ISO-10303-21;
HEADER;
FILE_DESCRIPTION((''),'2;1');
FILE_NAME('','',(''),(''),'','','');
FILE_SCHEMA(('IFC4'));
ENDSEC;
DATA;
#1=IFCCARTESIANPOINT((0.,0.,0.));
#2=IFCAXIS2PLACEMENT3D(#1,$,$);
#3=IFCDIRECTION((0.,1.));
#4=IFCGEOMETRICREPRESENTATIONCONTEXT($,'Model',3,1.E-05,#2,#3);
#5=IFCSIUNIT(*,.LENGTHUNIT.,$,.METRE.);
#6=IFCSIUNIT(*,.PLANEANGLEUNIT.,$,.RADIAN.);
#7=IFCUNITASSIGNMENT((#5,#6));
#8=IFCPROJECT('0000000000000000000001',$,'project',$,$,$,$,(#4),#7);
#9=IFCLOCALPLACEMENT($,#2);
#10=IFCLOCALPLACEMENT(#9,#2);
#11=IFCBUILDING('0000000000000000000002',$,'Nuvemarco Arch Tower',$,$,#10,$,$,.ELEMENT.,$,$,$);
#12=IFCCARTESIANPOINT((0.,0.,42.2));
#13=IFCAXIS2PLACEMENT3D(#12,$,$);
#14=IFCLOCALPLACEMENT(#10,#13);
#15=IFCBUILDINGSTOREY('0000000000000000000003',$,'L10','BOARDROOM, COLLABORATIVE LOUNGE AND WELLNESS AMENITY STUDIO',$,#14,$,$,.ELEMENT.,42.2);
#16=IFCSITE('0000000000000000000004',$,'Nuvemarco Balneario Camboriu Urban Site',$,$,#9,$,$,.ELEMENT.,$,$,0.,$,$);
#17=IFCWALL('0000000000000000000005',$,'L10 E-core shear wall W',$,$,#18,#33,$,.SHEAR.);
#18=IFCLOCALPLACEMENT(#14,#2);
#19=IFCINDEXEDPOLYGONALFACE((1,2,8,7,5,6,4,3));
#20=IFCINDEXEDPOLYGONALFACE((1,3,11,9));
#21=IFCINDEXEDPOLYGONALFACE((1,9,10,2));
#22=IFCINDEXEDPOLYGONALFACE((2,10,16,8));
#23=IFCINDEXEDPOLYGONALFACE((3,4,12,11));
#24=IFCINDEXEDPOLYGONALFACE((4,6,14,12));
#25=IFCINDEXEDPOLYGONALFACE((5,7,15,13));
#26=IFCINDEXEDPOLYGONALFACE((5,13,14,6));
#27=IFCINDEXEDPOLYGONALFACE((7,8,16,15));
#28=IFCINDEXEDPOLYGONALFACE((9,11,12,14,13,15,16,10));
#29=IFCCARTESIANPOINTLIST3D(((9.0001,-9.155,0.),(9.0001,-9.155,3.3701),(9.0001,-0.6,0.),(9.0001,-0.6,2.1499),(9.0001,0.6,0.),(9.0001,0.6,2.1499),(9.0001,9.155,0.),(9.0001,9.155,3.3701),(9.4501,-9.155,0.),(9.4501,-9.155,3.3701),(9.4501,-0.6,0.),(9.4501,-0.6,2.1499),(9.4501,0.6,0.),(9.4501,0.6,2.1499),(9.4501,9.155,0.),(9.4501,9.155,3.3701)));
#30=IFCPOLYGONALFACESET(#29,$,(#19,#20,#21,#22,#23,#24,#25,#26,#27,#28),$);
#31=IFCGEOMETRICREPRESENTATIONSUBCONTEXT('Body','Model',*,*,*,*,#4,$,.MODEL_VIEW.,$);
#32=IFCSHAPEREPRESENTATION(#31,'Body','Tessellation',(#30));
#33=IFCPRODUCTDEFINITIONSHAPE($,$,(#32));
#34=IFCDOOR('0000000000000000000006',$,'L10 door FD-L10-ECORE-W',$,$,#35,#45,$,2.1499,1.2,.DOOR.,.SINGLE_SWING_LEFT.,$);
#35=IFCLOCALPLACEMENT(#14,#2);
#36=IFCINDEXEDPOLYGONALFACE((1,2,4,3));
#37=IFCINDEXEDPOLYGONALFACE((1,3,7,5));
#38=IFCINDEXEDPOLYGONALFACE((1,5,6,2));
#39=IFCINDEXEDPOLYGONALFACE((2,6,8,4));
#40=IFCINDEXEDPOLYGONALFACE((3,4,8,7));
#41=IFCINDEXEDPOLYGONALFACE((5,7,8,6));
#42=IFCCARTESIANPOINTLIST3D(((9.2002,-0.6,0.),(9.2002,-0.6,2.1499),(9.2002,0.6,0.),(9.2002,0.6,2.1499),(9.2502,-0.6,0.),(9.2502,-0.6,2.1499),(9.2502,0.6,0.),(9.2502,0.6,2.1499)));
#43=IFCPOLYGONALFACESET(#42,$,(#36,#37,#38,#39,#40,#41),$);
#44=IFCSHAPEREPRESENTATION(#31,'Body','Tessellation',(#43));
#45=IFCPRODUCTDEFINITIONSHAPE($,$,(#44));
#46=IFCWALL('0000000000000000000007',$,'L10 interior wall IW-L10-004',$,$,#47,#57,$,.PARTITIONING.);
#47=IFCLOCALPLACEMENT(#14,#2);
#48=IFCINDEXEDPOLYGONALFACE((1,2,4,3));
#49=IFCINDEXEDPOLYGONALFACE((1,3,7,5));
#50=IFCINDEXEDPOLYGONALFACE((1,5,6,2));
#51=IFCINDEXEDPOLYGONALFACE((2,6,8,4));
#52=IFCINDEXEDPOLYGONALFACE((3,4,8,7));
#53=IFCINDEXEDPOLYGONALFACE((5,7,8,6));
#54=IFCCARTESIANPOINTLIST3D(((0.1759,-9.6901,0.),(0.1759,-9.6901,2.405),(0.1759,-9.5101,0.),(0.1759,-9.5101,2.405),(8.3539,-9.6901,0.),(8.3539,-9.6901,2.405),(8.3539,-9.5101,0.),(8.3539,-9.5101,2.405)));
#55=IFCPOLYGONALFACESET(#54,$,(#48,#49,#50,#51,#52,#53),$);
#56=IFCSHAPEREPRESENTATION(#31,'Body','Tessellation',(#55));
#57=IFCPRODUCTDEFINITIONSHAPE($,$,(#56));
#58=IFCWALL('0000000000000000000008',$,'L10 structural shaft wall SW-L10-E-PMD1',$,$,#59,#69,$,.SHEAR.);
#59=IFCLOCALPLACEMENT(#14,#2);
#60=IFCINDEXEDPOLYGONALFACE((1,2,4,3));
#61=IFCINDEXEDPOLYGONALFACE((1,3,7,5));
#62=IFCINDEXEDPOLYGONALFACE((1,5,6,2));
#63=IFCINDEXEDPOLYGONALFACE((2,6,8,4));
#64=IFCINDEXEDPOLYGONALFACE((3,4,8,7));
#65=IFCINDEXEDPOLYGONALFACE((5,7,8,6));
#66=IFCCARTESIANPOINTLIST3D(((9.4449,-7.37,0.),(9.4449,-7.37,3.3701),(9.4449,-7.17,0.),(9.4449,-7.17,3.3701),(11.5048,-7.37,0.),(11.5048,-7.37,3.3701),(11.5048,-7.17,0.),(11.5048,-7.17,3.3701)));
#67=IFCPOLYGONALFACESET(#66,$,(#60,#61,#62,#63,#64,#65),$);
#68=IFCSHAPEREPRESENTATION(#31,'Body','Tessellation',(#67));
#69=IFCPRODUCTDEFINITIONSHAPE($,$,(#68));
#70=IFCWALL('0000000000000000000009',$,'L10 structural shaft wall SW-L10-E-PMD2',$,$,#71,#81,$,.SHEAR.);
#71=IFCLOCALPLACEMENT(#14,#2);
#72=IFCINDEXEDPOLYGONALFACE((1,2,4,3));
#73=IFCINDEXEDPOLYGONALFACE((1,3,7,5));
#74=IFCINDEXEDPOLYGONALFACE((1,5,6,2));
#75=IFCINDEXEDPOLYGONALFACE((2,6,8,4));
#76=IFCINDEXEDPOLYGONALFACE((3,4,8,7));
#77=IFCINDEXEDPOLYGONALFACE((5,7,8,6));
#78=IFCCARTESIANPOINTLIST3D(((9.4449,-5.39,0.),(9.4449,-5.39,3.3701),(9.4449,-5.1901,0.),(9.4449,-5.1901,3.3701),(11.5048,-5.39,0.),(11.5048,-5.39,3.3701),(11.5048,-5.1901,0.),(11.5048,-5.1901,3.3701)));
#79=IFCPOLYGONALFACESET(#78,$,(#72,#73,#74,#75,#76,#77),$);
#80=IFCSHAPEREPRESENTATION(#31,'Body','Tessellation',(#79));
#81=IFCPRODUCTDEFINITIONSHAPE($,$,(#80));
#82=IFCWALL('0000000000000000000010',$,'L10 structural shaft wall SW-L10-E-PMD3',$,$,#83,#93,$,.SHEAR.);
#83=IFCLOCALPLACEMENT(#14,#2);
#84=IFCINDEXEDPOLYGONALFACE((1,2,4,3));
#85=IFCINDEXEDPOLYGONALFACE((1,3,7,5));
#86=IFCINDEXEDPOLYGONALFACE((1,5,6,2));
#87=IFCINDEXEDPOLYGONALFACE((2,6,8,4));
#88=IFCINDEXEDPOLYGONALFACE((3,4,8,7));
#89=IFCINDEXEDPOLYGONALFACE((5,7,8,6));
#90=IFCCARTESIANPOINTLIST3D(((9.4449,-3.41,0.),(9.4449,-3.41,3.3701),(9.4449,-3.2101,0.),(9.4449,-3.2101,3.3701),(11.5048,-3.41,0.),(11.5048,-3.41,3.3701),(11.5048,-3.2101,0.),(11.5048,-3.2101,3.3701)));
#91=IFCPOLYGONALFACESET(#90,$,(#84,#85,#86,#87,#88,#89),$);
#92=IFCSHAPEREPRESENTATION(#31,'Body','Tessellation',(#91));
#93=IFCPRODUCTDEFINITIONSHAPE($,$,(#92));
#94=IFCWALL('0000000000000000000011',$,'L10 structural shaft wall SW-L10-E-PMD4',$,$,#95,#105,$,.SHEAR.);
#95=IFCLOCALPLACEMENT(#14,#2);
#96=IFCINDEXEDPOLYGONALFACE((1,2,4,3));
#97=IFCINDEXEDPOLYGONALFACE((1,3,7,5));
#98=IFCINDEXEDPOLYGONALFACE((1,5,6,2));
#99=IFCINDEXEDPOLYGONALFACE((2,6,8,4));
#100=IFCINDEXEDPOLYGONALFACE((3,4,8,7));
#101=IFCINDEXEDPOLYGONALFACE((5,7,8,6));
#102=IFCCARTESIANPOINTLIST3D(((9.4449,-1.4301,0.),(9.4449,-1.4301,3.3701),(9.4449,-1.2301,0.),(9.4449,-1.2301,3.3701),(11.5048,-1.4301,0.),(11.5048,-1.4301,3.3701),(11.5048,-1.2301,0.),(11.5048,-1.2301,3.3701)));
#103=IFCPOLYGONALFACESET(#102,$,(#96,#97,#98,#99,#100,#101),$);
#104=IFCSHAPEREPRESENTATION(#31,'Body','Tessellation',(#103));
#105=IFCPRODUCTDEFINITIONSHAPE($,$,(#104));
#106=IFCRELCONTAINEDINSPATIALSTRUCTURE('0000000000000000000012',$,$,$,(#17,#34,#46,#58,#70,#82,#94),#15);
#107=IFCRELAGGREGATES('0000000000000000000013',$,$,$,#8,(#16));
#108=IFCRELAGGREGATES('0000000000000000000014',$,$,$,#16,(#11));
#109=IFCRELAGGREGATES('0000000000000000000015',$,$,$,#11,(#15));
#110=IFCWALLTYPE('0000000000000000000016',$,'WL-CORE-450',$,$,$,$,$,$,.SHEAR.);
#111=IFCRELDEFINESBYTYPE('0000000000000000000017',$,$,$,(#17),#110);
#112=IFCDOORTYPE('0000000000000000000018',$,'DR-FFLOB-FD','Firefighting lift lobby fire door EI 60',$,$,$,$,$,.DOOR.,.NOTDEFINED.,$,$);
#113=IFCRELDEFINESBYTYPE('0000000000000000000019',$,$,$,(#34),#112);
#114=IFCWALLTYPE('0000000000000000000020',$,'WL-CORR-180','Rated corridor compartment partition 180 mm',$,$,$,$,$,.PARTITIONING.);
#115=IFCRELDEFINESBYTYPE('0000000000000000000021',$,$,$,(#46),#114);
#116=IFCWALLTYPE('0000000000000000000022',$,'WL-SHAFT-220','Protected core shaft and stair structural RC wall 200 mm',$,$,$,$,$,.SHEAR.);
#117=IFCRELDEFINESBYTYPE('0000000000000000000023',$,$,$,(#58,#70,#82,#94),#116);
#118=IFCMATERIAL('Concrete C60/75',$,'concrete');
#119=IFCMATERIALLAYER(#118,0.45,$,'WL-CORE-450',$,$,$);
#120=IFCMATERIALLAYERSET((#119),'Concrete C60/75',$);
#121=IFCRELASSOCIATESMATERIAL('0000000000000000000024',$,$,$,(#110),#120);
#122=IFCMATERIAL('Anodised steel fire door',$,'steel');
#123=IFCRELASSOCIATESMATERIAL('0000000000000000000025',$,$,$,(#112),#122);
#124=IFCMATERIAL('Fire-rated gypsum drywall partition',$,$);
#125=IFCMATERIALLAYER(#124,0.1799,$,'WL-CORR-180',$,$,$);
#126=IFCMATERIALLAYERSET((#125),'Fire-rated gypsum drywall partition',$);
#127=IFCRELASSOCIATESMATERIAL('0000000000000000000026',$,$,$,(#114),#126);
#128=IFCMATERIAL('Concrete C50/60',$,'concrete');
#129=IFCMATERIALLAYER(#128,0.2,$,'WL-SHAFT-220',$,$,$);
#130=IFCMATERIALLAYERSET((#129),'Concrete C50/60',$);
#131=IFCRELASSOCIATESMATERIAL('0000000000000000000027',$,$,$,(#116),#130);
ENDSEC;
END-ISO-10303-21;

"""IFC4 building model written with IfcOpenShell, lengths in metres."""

from ifc_helpers import new_model, si_unit, direction, frame, frame_2d, origin, place, context, subcontext, project, spatial, rectangle, extrude, source, transform, mapped, material, layer, layer_set, type_object, type_shapes, element, fill, save


model = new_model("IFC4")

# Units and contexts
model_context = context("Model", 3, precision=1e-05, world=origin(), true_north=direction((0.0, 1.0)))
body_context = subcontext(model_context, "Body", "Model", "MODEL_VIEW")
ifc_project = project(units=[si_unit("LENGTHUNIT", "METRE"), si_unit("PLANEANGLEUNIT", "RADIAN")], contexts=[model_context])

# Site, building, storey
site_placement = place(None, origin())
site = spatial("IfcSite", under=ifc_project, at=site_placement, Name="Nuvemarco Balneario Camboriu Urban Site", CompositionType="ELEMENT", RefElevation=0.0)
building_placement = place(site_placement, origin())
building = spatial("IfcBuilding", under=site, at=building_placement, Name="Nuvemarco Arch Tower", CompositionType="ELEMENT")
storey_placement = place(building_placement, frame((0.0, 0.0, 42.2)))
storey = spatial("IfcBuildingStorey", under=building, at=storey_placement, Name="L10", Description="BOARDROOM, COLLABORATIVE LOUNGE AND WELLNESS AMENITY STUDIO", CompositionType="ELEMENT", Elevation=42.2)

# Shared definitions
ifc_material_1 = material(Name="Concrete C60/75", Category="concrete")

# Shared definitions
ifc_material_2 = material(Name="Concrete C50/60", Category="concrete")

# Shared definitions
ifc_layer_1 = layer(ifc_material_1, 0.45, Name="WL-CORE-450")
ifc_layer_set_1 = layer_set([ifc_layer_1], Name="Concrete C60/75")
wall_type_1 = type_object("IfcWallType", Name="WL-CORE-450", PredefinedType="SHEAR", material=ifc_layer_set_1)

# Wall, opening, door
wall_1_placement = place(storey_placement, frame((9.2251, -9.155, 0.0), z_axis=(0.0, 0.0, 1.0), x_axis=(0.0, 1.0, 0.0)))
wall_1 = element("IfcWall", 1, at=wall_1_placement, inside=storey, type_object=wall_type_1, Name="L10 E-core shear wall W", PredefinedType="SHEAR", context=body_context, shape_type="SweptSolid", body=[
    extrude(rectangle(XDim=18.3101, YDim=0.45, at=frame_2d((9.155, 0.0))), origin(), (0.0, 0.0, 1.0), 3.3701),
])
opening_placement = place(wall_1_placement, frame((8.5549, 0.0, 0.0)))
opening = element("IfcOpeningElement", 2, at=opening_placement, cuts=wall_1, PredefinedType="OPENING", context=body_context, shape_type="SweptSolid", body=[
    extrude(rectangle(XDim=1.2, YDim=2.1499, at=frame_2d((0.6001, 1.075))), frame((0.0, 0.2349, 0.0), z_axis=(0.0, -1.0, 0.0), x_axis=(1.0, 0.0, 0.0)), (0.0, 0.0, 1.0), 0.47),
])
ifc_material_3 = material(Name="Anodised steel fire door", Category="steel")
door_type = type_object("IfcDoorType", Name="DR-FFLOB-FD", Description="Firefighting lift lobby fire door EI 60", OperationType="NOTDEFINED", PredefinedType="DOOR", material=ifc_material_3)
shared_shape = source(origin(), body_context, "Body", "SweptSolid", [
    extrude(rectangle(XDim=1.2, YDim=2.1499, at=frame_2d((0.6001, 1.075))), frame((0.0, 0.0249, 0.0), z_axis=(0.0, -1.0, 0.0), x_axis=(1.0, 0.0, 0.0)), (0.0, 0.0, 1.0), 0.05),
])
type_shapes(door_type, [shared_shape])
door_placement = place(opening_placement, origin())
door = element("IfcDoor", 3, at=door_placement, inside=storey, type_object=door_type, Name="L10 door FD-L10-ECORE-W", OperationType="SINGLE_SWING_LEFT", OverallHeight=2.1499, OverallWidth=1.2, PredefinedType="DOOR", context=body_context, shape_type="MappedRepresentation", body=[
    mapped(shared_shape, transform((0.0, 0.0, 0.0), scale=1.0)),
])
fill(opening, door)

# Walls
ifc_material_4 = material(Name="Fire-rated gypsum drywall partition")
ifc_layer_2 = layer(ifc_material_4, 0.1799, Name="WL-CORR-180")
ifc_layer_set_2 = layer_set([ifc_layer_2], Name="Fire-rated gypsum drywall partition")
wall_type_2 = type_object("IfcWallType", Name="WL-CORR-180", Description="Rated corridor compartment partition 180 mm", PredefinedType="PARTITIONING", material=ifc_layer_set_2)
wall_2_placement = place(storey_placement, frame((0.176, -9.6001, 0.0), z_axis=(0.0, 0.0, 1.0), x_axis=(1.0, 0.0, 0.0)))
element("IfcWall", 4, at=wall_2_placement, inside=storey, type_object=wall_type_2, Name="L10 interior wall IW-L10-004", PredefinedType="PARTITIONING", context=body_context, shape_type="SweptSolid", body=[
    extrude(rectangle(XDim=8.178, YDim=0.1799, at=frame_2d((4.0889, 0.0))), origin(), (0.0, 0.0, 1.0), 2.405),
])
ifc_layer_3 = layer(ifc_material_2, 0.2, Name="WL-SHAFT-220")
ifc_layer_set_3 = layer_set([ifc_layer_3], Name="Concrete C50/60")
wall_type_3 = type_object("IfcWallType", Name="WL-SHAFT-220", Description="Protected core shaft and stair structural RC wall 200 mm", PredefinedType="SHEAR", material=ifc_layer_set_3)
for number, where, z_axis, x_axis, name in (
    (5, (9.4451, -7.27, 0.0), (0.0, 0.0, 1.0), (1.0, 0.0, 0.0), "L10 structural shaft wall SW-L10-E-PMD1"),
    (6, (9.4451, -5.29, 0.0), (0.0, 0.0, 1.0), (1.0, 0.0, 0.0), "L10 structural shaft wall SW-L10-E-PMD2"),
    (7, (9.4451, -3.3101, 0.0), (0.0, 0.0, 1.0), (1.0, 0.0, 0.0), "L10 structural shaft wall SW-L10-E-PMD3"),
    (8, (9.4451, -1.3301, 0.0), (0.0, 0.0, 1.0), (1.0, 0.0, 0.0), "L10 structural shaft wall SW-L10-E-PMD4"),
):
    element("IfcWall", number, at=place(storey_placement, frame(where, z_axis=z_axis, x_axis=x_axis)), inside=storey, type_object=wall_type_3, Name=name, PredefinedType="SHEAR", context=body_context, shape_type="SweptSolid", body=[
        extrude(rectangle(XDim=2.0598, YDim=0.2, at=frame_2d((1.0298, 0.0))), origin(), (0.0, 0.0, 1.0), 3.3701),
    ])

save(model, "model.ifc")
